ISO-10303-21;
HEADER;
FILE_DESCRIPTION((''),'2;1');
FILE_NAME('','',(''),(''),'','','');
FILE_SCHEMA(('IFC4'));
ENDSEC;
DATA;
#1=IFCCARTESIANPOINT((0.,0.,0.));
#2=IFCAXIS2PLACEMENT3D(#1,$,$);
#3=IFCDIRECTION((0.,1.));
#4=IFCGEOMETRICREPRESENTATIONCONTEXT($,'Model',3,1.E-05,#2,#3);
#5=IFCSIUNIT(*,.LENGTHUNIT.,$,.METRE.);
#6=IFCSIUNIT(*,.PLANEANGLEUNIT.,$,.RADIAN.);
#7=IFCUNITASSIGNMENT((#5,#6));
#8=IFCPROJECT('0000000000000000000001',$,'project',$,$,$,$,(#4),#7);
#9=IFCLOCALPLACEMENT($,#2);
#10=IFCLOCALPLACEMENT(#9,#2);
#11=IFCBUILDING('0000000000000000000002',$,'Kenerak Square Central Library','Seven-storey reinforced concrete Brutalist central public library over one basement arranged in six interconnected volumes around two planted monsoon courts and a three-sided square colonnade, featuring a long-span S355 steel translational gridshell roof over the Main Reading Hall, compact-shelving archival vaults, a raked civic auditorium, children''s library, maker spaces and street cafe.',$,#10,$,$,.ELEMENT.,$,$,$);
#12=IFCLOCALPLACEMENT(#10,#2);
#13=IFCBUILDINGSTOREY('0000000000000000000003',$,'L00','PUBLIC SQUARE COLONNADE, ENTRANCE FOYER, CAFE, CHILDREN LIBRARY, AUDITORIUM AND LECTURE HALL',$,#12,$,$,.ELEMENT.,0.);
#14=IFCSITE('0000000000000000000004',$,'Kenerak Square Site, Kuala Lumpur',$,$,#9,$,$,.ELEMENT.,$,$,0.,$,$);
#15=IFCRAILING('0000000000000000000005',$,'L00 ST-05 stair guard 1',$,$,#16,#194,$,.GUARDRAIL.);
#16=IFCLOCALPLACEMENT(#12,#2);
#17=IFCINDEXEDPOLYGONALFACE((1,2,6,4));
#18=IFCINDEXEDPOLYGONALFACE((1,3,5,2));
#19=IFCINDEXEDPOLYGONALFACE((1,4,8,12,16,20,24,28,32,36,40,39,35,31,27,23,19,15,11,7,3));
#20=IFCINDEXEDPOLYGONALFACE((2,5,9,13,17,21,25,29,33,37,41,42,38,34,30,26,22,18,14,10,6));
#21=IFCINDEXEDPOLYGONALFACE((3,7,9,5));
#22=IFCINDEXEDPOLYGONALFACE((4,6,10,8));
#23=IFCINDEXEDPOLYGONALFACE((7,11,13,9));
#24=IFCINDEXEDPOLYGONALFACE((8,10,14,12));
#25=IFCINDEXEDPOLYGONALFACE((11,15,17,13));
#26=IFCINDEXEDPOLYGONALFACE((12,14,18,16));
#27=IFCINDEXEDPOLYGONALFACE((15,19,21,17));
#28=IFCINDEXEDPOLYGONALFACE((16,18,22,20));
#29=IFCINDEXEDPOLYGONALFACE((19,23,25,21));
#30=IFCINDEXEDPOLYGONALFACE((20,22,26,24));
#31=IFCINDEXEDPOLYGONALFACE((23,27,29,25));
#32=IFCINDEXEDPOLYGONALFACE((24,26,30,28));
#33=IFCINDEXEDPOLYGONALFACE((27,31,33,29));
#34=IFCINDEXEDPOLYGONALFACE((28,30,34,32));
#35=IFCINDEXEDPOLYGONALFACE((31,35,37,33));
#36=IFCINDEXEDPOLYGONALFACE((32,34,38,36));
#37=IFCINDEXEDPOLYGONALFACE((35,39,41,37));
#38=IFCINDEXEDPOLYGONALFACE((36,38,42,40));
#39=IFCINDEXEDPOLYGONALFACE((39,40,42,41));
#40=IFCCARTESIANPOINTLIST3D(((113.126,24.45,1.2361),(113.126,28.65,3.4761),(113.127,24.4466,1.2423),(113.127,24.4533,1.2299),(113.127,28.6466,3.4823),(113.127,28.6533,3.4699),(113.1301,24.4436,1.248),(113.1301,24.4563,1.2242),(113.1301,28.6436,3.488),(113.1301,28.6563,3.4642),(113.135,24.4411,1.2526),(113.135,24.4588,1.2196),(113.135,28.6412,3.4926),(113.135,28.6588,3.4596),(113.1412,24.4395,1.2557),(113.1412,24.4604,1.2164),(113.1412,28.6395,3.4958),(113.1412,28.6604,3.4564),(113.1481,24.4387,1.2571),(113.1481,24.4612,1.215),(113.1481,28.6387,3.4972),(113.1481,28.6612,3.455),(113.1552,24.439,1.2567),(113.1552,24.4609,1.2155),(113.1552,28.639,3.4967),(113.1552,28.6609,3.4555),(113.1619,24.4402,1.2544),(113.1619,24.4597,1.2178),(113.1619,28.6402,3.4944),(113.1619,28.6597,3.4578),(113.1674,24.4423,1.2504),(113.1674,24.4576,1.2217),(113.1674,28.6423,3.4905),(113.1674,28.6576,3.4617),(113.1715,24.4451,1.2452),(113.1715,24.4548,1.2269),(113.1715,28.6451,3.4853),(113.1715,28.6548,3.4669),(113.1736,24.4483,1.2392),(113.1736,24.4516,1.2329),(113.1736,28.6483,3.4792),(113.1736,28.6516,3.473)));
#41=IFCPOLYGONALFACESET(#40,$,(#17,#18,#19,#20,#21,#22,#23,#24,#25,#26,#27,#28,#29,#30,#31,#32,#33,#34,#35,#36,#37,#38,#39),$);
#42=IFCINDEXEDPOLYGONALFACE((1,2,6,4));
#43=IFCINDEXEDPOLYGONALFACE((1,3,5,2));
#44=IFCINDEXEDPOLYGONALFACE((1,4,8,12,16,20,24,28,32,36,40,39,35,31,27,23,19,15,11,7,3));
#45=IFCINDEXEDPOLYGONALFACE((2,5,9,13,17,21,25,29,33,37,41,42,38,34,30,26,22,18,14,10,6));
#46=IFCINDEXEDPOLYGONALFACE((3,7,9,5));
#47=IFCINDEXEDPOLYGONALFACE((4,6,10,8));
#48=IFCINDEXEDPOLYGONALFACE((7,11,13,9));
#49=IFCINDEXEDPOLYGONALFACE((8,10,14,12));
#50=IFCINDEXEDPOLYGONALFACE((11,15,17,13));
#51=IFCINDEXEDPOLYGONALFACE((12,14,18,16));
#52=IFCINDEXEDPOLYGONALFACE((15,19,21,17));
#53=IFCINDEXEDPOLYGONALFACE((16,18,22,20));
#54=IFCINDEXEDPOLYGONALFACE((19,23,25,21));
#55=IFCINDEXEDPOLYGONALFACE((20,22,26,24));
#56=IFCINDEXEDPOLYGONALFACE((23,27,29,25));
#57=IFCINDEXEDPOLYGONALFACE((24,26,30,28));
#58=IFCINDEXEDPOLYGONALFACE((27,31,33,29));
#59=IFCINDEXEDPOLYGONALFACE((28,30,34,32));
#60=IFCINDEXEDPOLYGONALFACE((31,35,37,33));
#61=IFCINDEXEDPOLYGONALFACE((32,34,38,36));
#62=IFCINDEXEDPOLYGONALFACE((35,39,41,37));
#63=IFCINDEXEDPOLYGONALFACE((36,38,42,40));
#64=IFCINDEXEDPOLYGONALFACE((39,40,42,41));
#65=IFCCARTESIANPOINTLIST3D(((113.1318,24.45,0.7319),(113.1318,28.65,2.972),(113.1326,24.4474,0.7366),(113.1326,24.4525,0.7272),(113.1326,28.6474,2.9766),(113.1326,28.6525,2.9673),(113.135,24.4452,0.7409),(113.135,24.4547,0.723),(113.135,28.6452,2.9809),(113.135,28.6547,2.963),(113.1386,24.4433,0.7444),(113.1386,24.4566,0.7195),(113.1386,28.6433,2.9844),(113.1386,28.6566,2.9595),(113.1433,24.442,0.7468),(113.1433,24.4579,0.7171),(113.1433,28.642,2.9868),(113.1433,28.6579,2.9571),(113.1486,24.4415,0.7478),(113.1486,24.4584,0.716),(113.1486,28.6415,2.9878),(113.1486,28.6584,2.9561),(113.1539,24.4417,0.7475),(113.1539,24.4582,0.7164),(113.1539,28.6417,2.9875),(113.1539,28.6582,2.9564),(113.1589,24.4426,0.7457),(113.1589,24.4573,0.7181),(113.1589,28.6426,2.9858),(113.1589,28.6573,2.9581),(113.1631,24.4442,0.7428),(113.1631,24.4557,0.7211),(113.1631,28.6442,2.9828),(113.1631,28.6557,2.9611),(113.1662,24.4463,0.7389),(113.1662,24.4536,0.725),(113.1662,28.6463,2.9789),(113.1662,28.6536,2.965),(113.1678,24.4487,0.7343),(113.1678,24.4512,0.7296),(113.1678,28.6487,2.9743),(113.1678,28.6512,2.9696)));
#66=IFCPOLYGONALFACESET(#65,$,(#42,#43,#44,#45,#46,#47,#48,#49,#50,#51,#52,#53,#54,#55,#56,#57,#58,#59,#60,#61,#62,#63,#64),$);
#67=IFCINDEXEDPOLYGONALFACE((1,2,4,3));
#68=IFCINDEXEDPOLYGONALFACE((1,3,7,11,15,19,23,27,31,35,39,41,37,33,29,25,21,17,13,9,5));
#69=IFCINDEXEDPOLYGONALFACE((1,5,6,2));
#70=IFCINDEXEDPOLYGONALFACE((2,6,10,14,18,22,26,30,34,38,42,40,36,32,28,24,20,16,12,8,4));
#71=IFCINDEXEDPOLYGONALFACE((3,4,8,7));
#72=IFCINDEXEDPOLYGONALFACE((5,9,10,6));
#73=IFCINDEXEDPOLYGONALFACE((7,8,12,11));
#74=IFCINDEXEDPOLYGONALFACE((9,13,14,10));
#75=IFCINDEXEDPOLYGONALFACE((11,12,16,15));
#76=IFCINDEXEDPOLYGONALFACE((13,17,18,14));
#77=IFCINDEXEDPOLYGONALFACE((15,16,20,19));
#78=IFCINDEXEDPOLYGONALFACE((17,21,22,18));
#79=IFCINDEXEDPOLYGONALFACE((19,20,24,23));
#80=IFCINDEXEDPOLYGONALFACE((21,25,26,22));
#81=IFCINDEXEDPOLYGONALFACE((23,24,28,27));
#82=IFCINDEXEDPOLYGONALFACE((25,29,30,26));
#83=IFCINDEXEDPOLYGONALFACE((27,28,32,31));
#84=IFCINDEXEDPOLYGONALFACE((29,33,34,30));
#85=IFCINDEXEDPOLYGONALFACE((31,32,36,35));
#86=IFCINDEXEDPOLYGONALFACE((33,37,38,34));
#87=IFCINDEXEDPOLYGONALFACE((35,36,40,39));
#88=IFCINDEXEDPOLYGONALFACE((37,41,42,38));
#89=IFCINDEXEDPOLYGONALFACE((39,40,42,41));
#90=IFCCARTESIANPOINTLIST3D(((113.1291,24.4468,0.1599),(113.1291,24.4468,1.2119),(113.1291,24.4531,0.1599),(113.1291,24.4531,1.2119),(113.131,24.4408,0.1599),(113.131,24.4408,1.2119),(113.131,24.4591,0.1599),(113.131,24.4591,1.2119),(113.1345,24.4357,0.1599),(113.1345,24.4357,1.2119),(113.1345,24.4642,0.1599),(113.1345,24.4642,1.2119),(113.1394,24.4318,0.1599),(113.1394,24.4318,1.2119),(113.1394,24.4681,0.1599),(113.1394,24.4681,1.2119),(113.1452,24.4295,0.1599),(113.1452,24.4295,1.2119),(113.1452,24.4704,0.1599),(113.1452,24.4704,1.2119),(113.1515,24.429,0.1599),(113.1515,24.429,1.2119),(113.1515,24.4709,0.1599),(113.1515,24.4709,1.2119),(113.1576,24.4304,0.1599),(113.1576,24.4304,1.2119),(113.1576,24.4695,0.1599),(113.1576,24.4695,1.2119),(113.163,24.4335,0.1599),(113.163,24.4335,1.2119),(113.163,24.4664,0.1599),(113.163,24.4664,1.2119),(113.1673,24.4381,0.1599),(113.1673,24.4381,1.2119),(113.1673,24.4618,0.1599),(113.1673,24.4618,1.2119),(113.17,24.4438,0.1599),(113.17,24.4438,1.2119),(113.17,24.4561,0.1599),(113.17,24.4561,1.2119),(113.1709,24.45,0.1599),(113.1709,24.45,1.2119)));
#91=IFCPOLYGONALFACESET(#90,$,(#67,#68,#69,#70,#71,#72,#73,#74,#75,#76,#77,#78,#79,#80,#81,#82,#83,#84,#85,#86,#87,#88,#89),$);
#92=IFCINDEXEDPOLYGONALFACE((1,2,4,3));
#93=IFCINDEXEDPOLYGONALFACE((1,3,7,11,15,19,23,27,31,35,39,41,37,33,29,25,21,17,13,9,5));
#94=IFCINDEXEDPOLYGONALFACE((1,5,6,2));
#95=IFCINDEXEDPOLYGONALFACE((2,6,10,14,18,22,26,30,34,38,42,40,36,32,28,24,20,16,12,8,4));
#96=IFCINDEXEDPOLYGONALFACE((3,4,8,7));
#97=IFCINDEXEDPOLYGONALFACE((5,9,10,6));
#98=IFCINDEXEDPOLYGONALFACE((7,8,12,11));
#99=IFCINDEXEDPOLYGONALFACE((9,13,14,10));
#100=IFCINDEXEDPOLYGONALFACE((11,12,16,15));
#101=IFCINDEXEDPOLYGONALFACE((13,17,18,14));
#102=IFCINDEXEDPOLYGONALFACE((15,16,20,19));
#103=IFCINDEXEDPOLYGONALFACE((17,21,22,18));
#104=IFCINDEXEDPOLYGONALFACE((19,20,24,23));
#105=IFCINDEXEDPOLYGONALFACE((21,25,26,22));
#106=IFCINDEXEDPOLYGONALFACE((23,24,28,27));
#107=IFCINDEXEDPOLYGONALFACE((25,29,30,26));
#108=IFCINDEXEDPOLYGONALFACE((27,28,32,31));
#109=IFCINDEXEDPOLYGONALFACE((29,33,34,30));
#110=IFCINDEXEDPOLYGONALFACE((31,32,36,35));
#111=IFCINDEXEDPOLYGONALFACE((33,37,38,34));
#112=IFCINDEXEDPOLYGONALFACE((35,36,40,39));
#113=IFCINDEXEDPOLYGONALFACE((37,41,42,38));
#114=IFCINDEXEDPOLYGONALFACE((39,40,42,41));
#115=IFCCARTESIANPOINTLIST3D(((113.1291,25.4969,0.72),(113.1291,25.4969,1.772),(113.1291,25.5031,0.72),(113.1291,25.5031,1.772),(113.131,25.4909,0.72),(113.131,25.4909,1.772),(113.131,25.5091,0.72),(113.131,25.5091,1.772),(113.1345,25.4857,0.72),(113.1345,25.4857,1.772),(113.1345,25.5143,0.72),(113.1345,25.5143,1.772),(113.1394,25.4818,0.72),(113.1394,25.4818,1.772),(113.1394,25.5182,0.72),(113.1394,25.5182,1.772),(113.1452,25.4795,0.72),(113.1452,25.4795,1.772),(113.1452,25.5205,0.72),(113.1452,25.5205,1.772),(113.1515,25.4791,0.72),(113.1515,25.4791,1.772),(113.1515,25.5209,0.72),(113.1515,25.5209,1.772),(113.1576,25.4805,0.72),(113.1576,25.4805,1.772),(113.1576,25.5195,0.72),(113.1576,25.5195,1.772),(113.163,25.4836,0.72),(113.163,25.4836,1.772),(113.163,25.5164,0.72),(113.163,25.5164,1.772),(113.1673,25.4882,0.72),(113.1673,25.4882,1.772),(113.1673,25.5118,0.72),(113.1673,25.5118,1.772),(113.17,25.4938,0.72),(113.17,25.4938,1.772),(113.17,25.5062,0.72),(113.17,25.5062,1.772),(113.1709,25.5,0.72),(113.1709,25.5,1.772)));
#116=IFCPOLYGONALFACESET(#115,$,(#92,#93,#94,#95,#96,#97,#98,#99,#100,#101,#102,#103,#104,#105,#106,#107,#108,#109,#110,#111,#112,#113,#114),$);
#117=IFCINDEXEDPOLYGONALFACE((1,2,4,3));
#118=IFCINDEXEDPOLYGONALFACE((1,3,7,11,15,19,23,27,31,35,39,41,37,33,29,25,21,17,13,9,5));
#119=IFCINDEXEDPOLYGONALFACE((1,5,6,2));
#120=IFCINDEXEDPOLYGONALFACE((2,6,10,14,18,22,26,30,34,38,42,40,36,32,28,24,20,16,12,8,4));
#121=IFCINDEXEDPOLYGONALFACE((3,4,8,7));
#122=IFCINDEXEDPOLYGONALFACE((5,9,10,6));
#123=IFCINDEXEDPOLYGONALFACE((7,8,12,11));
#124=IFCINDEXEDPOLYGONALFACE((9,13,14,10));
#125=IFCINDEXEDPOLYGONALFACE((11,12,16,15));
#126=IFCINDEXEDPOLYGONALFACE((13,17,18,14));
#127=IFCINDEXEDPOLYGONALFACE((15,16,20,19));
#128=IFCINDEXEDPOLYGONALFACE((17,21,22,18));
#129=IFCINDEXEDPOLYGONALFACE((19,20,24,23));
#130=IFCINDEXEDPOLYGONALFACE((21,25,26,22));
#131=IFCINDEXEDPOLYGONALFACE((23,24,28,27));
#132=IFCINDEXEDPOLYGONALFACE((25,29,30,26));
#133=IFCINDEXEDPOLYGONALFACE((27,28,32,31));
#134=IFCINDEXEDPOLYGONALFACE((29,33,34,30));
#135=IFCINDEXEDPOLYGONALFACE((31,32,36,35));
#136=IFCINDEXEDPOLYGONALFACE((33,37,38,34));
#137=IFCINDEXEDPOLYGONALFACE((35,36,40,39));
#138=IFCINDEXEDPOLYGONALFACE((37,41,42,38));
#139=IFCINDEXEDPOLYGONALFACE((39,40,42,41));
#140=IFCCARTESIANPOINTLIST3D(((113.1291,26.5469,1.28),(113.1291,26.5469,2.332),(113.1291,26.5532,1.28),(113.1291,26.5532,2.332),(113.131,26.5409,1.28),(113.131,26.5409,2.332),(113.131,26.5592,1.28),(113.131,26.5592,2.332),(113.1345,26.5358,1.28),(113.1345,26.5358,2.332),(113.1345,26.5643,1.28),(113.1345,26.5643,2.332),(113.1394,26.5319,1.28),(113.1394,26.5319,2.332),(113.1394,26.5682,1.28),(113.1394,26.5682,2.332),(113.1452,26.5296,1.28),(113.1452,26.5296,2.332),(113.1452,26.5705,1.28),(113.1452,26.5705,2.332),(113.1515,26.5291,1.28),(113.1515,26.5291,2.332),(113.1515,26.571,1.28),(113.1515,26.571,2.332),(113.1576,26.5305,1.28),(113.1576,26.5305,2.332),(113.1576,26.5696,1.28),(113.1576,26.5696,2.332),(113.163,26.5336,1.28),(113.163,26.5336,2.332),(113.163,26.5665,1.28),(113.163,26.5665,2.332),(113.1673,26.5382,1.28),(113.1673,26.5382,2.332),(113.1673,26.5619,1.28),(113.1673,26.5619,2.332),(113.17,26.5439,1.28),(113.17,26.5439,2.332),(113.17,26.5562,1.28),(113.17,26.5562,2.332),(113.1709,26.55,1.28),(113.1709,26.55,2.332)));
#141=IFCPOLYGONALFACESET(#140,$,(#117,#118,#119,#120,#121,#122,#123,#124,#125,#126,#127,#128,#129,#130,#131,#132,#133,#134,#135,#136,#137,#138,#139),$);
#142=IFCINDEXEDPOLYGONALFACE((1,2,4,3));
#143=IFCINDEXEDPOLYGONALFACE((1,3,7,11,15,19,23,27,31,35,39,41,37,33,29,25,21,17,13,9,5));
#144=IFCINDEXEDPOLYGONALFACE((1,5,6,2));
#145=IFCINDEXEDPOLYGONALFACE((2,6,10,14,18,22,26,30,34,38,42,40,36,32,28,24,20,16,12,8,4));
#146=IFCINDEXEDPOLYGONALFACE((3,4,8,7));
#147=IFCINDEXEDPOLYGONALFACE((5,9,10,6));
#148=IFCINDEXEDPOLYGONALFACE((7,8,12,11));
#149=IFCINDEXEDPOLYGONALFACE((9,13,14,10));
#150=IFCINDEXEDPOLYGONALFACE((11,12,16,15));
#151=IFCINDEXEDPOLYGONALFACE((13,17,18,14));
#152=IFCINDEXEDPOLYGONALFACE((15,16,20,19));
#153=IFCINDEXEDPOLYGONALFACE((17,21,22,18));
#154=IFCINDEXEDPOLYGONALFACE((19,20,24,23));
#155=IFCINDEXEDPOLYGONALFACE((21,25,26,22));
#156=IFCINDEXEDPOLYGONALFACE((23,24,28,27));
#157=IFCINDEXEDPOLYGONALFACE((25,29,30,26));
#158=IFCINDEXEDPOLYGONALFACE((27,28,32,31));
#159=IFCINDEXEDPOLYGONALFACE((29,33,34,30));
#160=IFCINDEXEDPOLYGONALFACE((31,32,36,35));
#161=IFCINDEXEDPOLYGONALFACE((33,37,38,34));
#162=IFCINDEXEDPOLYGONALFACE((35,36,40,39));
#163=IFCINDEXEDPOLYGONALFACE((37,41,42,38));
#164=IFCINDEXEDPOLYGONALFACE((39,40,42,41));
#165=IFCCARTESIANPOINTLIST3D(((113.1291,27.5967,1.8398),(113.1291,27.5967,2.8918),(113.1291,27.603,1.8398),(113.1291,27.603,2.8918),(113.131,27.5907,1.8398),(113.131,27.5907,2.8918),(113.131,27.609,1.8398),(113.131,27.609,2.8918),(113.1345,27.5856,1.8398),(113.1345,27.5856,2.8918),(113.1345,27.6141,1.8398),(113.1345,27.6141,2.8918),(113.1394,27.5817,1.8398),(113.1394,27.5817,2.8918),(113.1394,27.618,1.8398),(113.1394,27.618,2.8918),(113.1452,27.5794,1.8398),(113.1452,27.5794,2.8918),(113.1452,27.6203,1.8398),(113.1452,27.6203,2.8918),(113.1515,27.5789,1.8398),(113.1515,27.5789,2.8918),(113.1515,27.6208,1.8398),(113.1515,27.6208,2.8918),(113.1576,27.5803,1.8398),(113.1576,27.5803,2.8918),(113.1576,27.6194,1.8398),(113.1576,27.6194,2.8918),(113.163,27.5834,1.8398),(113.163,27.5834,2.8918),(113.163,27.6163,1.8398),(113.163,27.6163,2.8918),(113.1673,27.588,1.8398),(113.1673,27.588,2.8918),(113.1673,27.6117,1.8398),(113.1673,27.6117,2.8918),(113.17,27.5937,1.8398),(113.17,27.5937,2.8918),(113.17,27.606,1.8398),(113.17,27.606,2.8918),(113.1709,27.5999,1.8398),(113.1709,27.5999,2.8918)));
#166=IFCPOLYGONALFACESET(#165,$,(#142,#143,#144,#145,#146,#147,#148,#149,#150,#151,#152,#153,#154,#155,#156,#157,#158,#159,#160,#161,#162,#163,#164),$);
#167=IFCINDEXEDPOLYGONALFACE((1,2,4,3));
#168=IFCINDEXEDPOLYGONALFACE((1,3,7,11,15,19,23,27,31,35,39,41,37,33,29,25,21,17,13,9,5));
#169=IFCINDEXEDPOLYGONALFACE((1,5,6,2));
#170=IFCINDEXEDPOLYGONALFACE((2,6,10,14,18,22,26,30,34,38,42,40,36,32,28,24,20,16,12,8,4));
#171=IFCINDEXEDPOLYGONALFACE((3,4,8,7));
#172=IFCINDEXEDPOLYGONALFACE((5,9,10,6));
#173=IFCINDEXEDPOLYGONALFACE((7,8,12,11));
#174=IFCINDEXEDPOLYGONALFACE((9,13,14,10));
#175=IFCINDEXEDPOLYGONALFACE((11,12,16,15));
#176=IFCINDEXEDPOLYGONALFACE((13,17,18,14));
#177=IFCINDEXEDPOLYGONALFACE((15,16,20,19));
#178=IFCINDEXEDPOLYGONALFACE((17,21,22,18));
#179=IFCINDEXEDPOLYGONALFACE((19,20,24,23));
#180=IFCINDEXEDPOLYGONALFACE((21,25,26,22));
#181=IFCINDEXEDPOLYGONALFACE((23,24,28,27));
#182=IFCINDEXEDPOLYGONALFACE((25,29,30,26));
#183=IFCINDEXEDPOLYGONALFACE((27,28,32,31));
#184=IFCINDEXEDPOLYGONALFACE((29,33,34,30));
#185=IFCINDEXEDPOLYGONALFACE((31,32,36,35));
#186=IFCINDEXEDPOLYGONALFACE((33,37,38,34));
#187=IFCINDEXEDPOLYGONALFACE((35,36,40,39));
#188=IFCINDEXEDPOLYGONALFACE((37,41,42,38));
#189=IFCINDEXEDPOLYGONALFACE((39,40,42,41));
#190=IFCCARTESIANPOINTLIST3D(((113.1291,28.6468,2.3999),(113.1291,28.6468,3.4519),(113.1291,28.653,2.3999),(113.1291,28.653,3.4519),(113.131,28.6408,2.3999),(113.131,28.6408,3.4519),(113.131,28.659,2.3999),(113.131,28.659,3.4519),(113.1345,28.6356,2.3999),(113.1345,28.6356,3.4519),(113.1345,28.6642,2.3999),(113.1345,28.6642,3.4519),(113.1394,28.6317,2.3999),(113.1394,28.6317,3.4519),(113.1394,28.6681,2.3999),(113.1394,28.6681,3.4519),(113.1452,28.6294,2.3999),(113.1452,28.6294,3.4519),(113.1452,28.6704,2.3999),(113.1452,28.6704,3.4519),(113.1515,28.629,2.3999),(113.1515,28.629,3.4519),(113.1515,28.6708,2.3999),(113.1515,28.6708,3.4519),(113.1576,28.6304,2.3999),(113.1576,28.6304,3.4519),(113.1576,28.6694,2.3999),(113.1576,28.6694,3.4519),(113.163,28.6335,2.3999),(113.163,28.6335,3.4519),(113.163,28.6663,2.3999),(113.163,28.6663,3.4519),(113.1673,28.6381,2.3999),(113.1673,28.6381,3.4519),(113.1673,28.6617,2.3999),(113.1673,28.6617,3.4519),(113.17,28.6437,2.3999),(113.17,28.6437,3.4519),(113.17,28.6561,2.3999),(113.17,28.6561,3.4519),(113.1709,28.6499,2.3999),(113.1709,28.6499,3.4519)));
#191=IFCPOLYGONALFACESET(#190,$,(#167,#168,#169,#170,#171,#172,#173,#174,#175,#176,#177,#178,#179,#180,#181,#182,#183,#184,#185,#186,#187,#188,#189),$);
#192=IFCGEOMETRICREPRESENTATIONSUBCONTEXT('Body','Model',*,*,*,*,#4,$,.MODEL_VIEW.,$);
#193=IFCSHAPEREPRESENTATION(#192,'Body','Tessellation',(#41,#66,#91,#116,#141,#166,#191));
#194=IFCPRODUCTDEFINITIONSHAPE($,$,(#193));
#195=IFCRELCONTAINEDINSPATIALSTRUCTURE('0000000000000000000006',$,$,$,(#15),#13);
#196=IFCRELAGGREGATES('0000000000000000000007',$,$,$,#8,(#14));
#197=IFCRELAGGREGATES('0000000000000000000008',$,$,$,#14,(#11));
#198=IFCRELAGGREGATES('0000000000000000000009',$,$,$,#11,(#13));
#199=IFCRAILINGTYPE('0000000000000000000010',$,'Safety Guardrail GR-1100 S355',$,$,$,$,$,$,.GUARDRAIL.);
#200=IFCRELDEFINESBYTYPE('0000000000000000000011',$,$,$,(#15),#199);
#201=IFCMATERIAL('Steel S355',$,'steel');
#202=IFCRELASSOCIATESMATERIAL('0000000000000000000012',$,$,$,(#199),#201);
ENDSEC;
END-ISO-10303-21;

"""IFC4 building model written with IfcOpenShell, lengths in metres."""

from ifc_helpers import new_model, si_unit, direction, frame, origin, origin_2d, place, context, subcontext, project, spatial, circle, extrude, material, type_object, element, save


model = new_model("IFC4")

# Units and contexts
model_context = context("Model", 3, precision=1e-05, world=origin(), true_north=direction((0.0, 1.0)))
body_context = subcontext(model_context, "Body", "Model", "MODEL_VIEW")
ifc_project = project(units=[si_unit("LENGTHUNIT", "METRE"), si_unit("PLANEANGLEUNIT", "RADIAN")], contexts=[model_context])

# Site, building, storey
site_placement = place(None, origin())
site = spatial("IfcSite", under=ifc_project, at=site_placement, Name="Kenerak Square Site, Kuala Lumpur", CompositionType="ELEMENT", RefElevation=0.0)
building_placement = place(site_placement, origin())
building = spatial("IfcBuilding", under=site, at=building_placement, Name="Kenerak Square Central Library", Description="Seven-storey reinforced concrete Brutalist central public library over one basement arranged in six interconnected volumes around two planted monsoon courts and a three-sided square colonnade, featuring a long-span S355 steel translational gridshell roof over the Main Reading Hall, compact-shelving archival vaults, a raked civic auditorium, children's library, maker spaces and street cafe.", CompositionType="ELEMENT")
storey_placement = place(building_placement, origin())
storey = spatial("IfcBuildingStorey", under=building, at=storey_placement, Name="L00", Description="PUBLIC SQUARE COLONNADE, ENTRANCE FOYER, CAFE, CHILDREN LIBRARY, AUDITORIUM AND LECTURE HALL", CompositionType="ELEMENT", Elevation=0.0)

# Shared definitions
ifc_material_1 = material(Name="Steel S355", Category="steel")

# Railing
railing_type_1 = type_object("IfcRailingType", Name="Safety Guardrail GR-1100 S355", PredefinedType="GUARDRAIL", material=ifc_material_1)
railing_1_placement = place(storey_placement, frame((113.1499, 24.45, 0.1599)))
element("IfcRailing", 1, at=railing_1_placement, inside=storey, type_object=railing_type_1, Name="L00 ST-05 stair guard 1", PredefinedType="GUARDRAIL", context=body_context, shape_type="SweptSolid", body=[
    extrude(circle(Radius=0.0239, at=origin_2d()), frame((0.0, 0.0, 1.0762), z_axis=(0.0, 0.882352, 0.470591), x_axis=(-1.0, 0.0, 0.0)), (0.0, 0.0, 1.0), 4.76),
    extrude(circle(Radius=0.0181, at=origin_2d()), frame((0.0, 0.0, 0.572), z_axis=(0.0, 0.882352, 0.470591), x_axis=(-1.0, 0.0, 0.0)), (0.0, 0.0, 1.0), 4.76),
    extrude(circle(Radius=0.021, at=origin_2d()), origin(), (0.0, 0.0, 1.0), 1.052),
    extrude(circle(Radius=0.021, at=origin_2d()), frame((0.0, 1.05, 0.5601)), (0.0, 0.0, 1.0), 1.052),
    extrude(circle(Radius=0.021, at=origin_2d()), frame((0.0, 2.1001, 1.1201)), (0.0, 0.0, 1.0), 1.052),
    extrude(circle(Radius=0.021, at=origin_2d()), frame((0.0, 3.1499, 1.6799)), (0.0, 0.0, 1.0), 1.052),
    extrude(circle(Radius=0.021, at=origin_2d()), frame((0.0, 4.2, 2.24)), (0.0, 0.0, 1.0), 1.052),
])

save(model, "model.ifc")
